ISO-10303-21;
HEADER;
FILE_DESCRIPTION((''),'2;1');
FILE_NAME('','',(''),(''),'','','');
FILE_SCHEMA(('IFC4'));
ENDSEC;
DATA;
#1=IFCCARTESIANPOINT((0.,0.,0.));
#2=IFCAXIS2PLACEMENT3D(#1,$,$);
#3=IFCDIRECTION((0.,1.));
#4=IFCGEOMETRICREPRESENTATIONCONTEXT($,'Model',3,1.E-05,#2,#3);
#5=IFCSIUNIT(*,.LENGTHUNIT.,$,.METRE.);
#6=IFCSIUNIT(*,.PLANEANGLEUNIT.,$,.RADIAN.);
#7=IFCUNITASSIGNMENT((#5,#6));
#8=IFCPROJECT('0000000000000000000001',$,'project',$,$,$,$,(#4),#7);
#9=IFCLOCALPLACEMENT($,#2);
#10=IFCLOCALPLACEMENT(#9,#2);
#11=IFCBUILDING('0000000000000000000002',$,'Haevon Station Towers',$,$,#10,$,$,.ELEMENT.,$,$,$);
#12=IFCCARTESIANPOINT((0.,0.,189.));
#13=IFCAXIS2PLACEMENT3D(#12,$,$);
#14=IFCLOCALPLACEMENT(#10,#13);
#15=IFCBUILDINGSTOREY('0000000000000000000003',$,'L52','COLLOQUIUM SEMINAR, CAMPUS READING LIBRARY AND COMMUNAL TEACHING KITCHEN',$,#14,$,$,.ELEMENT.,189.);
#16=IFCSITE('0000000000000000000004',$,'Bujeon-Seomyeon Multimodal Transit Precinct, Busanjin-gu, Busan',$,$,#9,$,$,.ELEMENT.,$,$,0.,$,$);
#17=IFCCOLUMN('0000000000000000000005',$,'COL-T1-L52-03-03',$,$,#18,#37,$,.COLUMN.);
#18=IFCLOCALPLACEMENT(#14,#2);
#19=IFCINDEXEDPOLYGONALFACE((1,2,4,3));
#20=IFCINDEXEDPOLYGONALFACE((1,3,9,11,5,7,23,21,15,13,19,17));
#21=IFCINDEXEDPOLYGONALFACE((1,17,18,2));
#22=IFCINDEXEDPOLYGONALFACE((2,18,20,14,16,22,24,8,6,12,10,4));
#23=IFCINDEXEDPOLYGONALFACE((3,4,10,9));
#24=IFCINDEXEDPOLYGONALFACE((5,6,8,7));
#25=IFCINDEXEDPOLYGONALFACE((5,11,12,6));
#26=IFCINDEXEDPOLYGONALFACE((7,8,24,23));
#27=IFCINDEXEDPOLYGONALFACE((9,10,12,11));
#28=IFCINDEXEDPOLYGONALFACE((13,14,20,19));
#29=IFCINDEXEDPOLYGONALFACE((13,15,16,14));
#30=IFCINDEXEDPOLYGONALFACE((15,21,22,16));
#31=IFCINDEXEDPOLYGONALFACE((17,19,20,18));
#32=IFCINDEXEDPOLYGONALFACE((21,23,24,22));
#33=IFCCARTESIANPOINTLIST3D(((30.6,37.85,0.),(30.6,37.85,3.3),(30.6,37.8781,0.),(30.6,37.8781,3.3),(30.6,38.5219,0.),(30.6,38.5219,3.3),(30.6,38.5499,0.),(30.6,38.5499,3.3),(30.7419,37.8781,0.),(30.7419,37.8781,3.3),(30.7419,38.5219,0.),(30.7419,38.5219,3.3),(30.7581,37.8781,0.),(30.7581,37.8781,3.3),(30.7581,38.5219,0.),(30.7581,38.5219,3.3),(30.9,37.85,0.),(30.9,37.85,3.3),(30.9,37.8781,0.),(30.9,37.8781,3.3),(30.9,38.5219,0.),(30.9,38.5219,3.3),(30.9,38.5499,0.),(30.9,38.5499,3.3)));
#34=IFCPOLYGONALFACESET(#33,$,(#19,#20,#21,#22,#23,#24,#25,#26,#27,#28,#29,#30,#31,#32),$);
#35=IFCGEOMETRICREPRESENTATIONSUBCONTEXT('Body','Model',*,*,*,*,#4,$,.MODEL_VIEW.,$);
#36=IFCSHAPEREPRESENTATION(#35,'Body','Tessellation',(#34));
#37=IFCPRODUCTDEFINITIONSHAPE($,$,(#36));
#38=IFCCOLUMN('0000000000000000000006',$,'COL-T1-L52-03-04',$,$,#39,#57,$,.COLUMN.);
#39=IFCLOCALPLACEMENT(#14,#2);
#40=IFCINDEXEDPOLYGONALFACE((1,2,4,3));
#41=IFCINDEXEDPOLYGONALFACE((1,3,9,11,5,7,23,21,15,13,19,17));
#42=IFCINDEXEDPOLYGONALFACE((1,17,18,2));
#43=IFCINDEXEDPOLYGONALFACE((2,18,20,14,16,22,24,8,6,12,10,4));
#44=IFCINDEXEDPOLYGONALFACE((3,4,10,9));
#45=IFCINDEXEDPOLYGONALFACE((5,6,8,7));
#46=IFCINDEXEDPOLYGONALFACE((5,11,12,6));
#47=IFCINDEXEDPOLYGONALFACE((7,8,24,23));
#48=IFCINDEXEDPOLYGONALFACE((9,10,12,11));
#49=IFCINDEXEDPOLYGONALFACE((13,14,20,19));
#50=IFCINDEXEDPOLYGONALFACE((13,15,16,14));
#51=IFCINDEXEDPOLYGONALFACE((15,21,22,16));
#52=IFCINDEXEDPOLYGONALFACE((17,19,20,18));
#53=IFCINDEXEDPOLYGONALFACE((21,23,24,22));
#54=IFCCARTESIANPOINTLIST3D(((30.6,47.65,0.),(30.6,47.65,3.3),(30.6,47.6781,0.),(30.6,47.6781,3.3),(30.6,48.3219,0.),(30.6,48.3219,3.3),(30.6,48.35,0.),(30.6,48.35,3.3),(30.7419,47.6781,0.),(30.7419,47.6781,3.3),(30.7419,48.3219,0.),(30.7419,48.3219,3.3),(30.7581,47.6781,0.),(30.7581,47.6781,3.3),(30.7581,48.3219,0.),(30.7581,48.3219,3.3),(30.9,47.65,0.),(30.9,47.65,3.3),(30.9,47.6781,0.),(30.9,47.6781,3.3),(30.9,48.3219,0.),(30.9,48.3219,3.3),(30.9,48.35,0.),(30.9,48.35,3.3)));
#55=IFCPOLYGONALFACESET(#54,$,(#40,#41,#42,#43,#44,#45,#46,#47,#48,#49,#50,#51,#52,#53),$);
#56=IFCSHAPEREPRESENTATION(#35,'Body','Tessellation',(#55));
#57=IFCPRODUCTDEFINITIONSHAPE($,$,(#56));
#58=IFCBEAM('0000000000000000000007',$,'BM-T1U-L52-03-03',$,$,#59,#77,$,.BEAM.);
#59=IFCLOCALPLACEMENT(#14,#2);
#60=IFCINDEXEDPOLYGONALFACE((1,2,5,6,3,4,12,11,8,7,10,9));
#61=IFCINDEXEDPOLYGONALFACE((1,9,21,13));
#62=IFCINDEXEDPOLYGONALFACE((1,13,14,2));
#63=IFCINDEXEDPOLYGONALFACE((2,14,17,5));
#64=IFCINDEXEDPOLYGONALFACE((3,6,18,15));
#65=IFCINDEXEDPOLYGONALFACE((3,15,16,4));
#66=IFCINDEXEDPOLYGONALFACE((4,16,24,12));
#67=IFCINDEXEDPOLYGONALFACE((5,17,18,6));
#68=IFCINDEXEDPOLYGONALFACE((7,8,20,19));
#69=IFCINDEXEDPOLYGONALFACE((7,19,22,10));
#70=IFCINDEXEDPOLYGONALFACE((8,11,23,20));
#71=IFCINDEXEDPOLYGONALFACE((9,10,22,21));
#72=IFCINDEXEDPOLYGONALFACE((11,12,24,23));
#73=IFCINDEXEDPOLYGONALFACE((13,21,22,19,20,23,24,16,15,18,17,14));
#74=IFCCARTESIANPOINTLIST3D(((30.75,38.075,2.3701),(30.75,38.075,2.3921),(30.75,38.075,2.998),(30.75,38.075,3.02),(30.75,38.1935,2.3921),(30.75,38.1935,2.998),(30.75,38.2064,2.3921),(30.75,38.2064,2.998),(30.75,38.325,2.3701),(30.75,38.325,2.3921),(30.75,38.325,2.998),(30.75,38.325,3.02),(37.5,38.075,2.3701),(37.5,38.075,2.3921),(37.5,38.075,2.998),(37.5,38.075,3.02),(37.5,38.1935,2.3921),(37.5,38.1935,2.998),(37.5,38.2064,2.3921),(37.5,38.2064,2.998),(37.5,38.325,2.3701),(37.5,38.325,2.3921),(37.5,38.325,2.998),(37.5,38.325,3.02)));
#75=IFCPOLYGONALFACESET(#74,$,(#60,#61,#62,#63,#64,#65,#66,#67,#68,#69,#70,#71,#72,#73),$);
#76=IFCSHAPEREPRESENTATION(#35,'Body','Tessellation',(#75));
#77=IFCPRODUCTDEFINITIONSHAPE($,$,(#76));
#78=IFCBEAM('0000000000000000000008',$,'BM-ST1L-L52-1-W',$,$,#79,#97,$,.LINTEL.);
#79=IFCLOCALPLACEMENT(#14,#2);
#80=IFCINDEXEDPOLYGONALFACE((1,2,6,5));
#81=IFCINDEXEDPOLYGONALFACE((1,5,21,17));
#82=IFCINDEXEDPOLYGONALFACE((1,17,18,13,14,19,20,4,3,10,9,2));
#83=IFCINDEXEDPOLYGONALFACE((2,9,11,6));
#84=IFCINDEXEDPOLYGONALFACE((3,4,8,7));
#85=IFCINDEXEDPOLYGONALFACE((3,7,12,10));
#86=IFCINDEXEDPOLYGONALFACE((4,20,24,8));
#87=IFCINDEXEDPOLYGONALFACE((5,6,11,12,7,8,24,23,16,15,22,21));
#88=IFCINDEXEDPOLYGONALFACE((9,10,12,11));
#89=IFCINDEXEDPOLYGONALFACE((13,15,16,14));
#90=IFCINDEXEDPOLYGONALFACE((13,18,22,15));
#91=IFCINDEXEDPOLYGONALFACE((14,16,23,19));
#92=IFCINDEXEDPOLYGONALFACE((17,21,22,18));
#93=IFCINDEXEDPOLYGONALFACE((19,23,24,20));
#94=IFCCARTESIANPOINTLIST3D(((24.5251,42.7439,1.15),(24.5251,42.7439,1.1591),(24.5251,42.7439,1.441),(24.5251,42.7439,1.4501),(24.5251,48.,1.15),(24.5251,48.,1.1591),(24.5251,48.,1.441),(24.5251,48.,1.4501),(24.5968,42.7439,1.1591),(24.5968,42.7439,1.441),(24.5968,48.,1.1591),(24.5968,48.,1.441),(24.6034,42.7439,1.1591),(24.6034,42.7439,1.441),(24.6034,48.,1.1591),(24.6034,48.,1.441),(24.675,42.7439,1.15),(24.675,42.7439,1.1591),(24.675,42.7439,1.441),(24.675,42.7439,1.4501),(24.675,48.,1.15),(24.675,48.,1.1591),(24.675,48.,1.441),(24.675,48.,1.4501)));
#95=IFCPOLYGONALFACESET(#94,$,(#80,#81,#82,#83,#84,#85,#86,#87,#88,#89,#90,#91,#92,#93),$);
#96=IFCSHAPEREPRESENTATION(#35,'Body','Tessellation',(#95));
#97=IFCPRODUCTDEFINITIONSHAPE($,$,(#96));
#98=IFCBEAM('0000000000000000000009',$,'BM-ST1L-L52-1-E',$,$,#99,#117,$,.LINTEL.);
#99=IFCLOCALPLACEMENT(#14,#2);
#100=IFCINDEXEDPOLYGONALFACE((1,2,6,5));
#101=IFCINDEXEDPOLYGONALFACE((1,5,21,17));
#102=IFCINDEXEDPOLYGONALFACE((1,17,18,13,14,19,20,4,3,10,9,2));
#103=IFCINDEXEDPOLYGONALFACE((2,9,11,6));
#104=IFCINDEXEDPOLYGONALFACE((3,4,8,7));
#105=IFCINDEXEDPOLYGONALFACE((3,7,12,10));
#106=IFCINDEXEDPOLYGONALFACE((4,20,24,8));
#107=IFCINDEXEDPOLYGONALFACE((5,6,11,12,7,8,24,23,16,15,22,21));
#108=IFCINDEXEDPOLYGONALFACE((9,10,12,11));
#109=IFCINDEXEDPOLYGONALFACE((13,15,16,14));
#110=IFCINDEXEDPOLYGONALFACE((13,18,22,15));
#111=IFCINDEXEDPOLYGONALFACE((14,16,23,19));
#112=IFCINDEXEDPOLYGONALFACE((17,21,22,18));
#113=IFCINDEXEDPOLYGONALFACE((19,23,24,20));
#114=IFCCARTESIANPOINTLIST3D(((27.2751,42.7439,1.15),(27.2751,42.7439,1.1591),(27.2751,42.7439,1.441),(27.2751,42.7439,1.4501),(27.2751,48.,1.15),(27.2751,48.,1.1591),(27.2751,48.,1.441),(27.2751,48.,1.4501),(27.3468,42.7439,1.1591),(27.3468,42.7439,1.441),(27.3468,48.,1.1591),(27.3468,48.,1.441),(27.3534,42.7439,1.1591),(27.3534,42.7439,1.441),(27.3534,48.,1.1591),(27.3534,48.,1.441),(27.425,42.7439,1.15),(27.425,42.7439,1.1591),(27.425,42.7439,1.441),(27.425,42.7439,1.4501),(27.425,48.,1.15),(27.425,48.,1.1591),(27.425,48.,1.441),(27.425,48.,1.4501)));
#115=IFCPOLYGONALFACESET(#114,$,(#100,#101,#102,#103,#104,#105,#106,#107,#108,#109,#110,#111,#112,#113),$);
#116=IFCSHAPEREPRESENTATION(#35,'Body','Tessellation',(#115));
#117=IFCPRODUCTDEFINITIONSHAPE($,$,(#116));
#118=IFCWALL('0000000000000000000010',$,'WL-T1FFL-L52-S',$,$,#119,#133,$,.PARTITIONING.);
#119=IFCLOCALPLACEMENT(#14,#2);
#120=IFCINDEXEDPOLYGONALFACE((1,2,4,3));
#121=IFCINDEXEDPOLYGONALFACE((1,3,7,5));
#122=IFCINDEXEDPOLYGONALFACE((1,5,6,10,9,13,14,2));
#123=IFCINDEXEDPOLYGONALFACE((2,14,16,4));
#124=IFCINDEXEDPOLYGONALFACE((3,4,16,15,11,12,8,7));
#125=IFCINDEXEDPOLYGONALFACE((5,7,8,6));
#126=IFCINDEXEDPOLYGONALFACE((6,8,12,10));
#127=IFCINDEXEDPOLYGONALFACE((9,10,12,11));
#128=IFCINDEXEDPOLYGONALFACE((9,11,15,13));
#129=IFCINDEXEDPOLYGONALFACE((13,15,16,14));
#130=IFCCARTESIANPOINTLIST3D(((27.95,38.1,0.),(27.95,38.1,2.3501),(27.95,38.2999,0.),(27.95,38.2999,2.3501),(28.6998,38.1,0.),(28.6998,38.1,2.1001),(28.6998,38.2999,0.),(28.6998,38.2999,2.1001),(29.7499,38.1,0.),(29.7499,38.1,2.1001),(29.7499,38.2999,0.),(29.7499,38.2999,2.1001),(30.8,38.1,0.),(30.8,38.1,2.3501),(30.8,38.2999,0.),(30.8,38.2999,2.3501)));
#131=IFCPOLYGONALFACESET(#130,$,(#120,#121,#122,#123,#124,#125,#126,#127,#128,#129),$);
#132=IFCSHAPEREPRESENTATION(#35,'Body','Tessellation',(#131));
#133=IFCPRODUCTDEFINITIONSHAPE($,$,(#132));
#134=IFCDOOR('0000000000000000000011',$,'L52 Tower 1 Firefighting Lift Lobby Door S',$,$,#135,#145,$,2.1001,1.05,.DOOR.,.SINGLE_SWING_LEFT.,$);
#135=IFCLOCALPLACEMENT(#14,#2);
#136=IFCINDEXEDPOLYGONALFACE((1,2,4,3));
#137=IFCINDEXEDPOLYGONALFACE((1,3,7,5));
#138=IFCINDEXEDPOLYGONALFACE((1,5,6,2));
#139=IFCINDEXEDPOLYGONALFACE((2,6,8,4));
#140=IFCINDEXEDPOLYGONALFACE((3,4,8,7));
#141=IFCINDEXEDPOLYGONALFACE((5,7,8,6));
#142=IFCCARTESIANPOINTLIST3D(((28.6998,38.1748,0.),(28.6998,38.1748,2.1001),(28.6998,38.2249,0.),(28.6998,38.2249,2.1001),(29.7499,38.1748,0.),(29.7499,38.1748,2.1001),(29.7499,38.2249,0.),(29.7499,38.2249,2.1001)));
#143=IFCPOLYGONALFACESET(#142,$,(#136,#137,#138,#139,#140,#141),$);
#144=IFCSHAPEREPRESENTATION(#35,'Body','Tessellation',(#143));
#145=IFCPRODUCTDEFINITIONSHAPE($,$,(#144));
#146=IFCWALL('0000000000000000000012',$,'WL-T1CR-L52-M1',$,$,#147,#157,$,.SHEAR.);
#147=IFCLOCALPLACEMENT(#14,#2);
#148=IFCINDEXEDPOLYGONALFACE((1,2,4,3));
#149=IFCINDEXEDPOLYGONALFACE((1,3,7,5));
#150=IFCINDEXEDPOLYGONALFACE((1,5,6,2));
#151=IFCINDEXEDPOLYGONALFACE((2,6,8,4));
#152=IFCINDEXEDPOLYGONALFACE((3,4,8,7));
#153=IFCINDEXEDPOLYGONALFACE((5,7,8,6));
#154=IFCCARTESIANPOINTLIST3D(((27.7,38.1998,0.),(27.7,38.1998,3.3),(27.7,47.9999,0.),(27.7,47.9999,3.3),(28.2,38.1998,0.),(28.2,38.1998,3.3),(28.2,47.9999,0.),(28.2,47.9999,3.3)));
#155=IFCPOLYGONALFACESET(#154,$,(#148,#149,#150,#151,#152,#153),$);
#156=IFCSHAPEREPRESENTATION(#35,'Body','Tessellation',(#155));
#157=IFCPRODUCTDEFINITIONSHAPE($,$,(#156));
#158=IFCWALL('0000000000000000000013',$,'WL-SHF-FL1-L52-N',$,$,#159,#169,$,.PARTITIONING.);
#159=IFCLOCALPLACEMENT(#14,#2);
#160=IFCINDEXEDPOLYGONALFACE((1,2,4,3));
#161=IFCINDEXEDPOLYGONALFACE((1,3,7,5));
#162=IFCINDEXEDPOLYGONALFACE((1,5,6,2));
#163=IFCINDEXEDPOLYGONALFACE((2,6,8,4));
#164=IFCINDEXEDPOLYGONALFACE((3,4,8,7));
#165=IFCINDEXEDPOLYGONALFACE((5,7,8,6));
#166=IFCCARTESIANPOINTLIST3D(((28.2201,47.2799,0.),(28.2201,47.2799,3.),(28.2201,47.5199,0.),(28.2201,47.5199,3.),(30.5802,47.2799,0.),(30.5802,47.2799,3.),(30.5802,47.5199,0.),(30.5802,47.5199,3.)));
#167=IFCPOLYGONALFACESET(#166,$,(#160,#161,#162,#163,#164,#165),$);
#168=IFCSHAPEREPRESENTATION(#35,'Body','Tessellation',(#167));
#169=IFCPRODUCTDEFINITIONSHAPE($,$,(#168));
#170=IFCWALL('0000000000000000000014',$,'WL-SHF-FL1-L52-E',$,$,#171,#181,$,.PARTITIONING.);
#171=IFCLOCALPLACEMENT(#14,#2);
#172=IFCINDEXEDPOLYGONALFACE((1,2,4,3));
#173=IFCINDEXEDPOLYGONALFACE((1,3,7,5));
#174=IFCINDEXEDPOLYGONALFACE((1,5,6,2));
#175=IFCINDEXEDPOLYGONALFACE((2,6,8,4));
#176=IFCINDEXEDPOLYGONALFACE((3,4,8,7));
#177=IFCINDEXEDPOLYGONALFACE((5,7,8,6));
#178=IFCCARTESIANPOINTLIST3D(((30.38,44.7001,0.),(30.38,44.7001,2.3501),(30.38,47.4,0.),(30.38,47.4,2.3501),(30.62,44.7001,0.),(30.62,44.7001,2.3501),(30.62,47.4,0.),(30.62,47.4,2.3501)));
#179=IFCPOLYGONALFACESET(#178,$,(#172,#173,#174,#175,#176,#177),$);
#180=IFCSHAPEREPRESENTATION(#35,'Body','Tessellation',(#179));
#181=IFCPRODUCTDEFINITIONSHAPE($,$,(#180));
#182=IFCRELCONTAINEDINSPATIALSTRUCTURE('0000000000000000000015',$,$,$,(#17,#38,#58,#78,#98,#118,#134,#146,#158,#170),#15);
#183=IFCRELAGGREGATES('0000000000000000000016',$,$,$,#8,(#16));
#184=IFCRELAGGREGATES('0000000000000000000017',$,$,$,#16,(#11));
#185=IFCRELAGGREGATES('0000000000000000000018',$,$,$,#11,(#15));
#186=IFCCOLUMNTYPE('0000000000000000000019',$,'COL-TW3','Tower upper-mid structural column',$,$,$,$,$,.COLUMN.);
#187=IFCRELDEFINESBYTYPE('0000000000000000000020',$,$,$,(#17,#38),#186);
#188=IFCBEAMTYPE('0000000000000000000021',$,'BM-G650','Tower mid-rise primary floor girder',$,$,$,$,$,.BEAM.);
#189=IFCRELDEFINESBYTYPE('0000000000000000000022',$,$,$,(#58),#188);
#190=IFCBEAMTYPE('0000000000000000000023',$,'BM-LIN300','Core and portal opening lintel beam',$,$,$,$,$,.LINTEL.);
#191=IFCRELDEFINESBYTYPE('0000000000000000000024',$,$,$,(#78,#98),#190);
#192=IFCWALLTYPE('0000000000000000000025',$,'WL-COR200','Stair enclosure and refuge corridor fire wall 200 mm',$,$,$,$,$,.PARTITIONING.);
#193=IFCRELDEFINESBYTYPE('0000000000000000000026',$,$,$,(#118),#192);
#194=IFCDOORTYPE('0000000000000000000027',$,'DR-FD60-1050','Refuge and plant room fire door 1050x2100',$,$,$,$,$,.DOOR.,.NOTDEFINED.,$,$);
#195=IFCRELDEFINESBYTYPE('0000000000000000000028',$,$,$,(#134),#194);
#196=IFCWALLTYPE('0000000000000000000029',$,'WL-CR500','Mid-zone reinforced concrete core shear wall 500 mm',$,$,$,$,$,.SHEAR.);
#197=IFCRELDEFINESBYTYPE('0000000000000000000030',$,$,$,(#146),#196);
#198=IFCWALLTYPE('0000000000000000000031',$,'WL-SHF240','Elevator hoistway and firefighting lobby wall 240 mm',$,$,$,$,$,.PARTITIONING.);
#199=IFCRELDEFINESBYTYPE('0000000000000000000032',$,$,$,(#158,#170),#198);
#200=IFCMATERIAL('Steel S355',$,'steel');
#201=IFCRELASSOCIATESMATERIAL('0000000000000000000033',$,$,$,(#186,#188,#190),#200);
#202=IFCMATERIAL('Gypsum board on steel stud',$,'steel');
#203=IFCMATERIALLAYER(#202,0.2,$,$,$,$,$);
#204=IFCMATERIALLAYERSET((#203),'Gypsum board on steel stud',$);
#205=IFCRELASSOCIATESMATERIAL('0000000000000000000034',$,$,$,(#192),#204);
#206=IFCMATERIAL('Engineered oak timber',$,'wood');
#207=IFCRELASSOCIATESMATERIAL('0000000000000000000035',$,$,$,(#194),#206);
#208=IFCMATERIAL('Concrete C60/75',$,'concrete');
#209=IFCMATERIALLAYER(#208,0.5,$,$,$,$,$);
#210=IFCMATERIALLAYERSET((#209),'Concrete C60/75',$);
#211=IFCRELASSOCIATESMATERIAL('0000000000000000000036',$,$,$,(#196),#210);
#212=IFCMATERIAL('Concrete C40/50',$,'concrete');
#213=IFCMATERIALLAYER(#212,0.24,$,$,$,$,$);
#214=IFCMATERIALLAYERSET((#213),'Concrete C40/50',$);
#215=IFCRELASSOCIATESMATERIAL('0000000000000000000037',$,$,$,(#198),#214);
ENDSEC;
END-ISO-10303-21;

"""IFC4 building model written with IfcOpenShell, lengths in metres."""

from ifc_helpers import new_model, si_unit, direction, frame, frame_2d, origin, origin_2d, place, context, subcontext, project, spatial, rectangle, i_section, extrude, material, layer, layer_set, material_profile, profile_set, type_object, element, fill, save


model = new_model("IFC4")

# Units and contexts
model_context = context("Model", 3, precision=1e-05, world=origin(), true_north=direction((0.0, 1.0)))
body_context = subcontext(model_context, "Body", "Model", "MODEL_VIEW")
ifc_project = project(units=[si_unit("LENGTHUNIT", "METRE"), si_unit("PLANEANGLEUNIT", "RADIAN")], contexts=[model_context])

# Site, building, storey
site_placement = place(None, origin())
site = spatial("IfcSite", under=ifc_project, at=site_placement, Name="Bujeon-Seomyeon Multimodal Transit Precinct, Busanjin-gu, Busan", CompositionType="ELEMENT", RefElevation=0.0)
building_placement = place(site_placement, origin())
building = spatial("IfcBuilding", under=site, at=building_placement, Name="Haevon Station Towers", CompositionType="ELEMENT")
storey_placement = place(building_placement, frame((0.0, 0.0, 189.0)))
storey = spatial("IfcBuildingStorey", under=building, at=storey_placement, Name="L52", Description="COLLOQUIUM SEMINAR, CAMPUS READING LIBRARY AND COMMUNAL TEACHING KITCHEN", CompositionType="ELEMENT", Elevation=189.0)

# Columns
ifc_material_1 = material(Name="Steel S355", Category="steel")
ifc_material_profile_1 = material_profile(ifc_material_1, i_section(OverallWidth=0.3, OverallDepth=0.7, WebThickness=0.0161, FlangeThickness=0.0281, at=origin_2d()), Name="H-700x300x16x28")
ifc_profile_set_1 = profile_set([ifc_material_profile_1], Name="Steel S355")
column_type = type_object("IfcColumnType", Name="COL-TW3", Description="Tower upper-mid structural column", PredefinedType="COLUMN", material=ifc_profile_set_1)
for number, where, z_axis, x_axis, name in (
    (1, (30.75, 38.2, 0.0), (0.0, 0.0, 1.0), (1.0, 0.0, 0.0), "COL-T1-L52-03-03"),
    (2, (30.75, 48.0, 0.0), (0.0, 0.0, 1.0), (1.0, 0.0, 0.0), "COL-T1-L52-03-04"),
):
    element("IfcColumn", number, at=place(storey_placement, frame(where, z_axis=z_axis, x_axis=x_axis)), inside=storey, type_object=column_type, Name=name, PredefinedType="COLUMN", context=body_context, shape_type="SweptSolid", body=[
        extrude(i_section(OverallWidth=0.3, OverallDepth=0.7, WebThickness=0.0161, FlangeThickness=0.0281, at=origin_2d()), origin(), (0.0, 0.0, 1.0), 3.3),
    ])

# Beams
ifc_material_profile_2 = material_profile(ifc_material_1, i_section(OverallWidth=0.25, OverallDepth=0.6499, WebThickness=0.0129, FlangeThickness=0.022, at=origin_2d()), Name="H-650x250x13x22")
ifc_profile_set_2 = profile_set([ifc_material_profile_2], Name="Steel S355")
beam_type_1 = type_object("IfcBeamType", Name="BM-G650", Description="Tower mid-rise primary floor girder", PredefinedType="BEAM", material=ifc_profile_set_2)
beam_placement = place(storey_placement, frame((30.75, 38.2, 2.6951), z_axis=(1.0, 0.0, 0.0), x_axis=(0.0, 1.0, 0.0)))
element("IfcBeam", 3, at=beam_placement, inside=storey, type_object=beam_type_1, Name="BM-T1U-L52-03-03", PredefinedType="BEAM", context=body_context, shape_type="SweptSolid", body=[
    extrude(i_section(OverallWidth=0.25, OverallDepth=0.6499, WebThickness=0.0129, FlangeThickness=0.022, at=origin_2d()), origin(), (0.0, 0.0, 1.0), 6.75),
])
ifc_material_profile_3 = material_profile(ifc_material_1, i_section(OverallWidth=0.1499, OverallDepth=0.3, WebThickness=0.0066, FlangeThickness=0.009, at=origin_2d()), Name="H-300x150x6.5x9")
ifc_profile_set_3 = profile_set([ifc_material_profile_3], Name="Steel S355")
beam_type_2 = type_object("IfcBeamType", Name="BM-LIN300", Description="Core and portal opening lintel beam", PredefinedType="LINTEL", material=ifc_profile_set_3)
for number, where, z_axis, x_axis, name in (
    (4, (24.6001, 42.7439, 1.3), (0.0, 1.0, 0.0), (-1.0, 0.0, 0.0), "BM-ST1L-L52-1-W"),
    (5, (27.3501, 42.7439, 1.3), (0.0, 1.0, 0.0), (-1.0, 0.0, 0.0), "BM-ST1L-L52-1-E"),
):
    element("IfcBeam", number, at=place(storey_placement, frame(where, z_axis=z_axis, x_axis=x_axis)), inside=storey, type_object=beam_type_2, Name=name, PredefinedType="LINTEL", context=body_context, shape_type="SweptSolid", body=[
        extrude(i_section(OverallWidth=0.1499, OverallDepth=0.3, WebThickness=0.0066, FlangeThickness=0.009, at=origin_2d()), origin(), (0.0, 0.0, 1.0), 5.2561),
    ])

# Wall, opening, door
ifc_material_2 = material(Name="Gypsum board on steel stud", Category="steel")
ifc_layer_1 = layer(ifc_material_2, 0.2)
ifc_layer_set_1 = layer_set([ifc_layer_1], Name="Gypsum board on steel stud")
wall_type_1 = type_object("IfcWallType", Name="WL-COR200", Description="Stair enclosure and refuge corridor fire wall 200 mm", PredefinedType="PARTITIONING", material=ifc_layer_set_1)
wall_1_placement = place(storey_placement, frame((27.95, 38.2, 0.0), z_axis=(0.0, 0.0, 1.0), x_axis=(1.0, 0.0, 0.0)))
wall_1 = element("IfcWall", 6, at=wall_1_placement, inside=storey, type_object=wall_type_1, Name="WL-T1FFL-L52-S", PredefinedType="PARTITIONING", context=body_context, shape_type="SweptSolid", body=[
    extrude(rectangle(XDim=2.8501, YDim=0.2, at=frame_2d((1.425, 0.0))), origin(), (0.0, 0.0, 1.0), 2.3501),
])
opening_1_placement = place(wall_1_placement, frame((0.75, 0.0, 0.0)))
opening_1 = element("IfcOpeningElement", 7, at=opening_1_placement, cuts=wall_1, PredefinedType="OPENING", context=body_context, shape_type="SweptSolid", body=[
    extrude(rectangle(XDim=1.05, YDim=2.1001, at=frame_2d((0.5249, 1.05))), frame((0.0, 0.1099, 0.0), z_axis=(0.0, -1.0, 0.0), x_axis=(1.0, 0.0, 0.0)), (0.0, 0.0, 1.0), 0.22),
])
ifc_material_3 = material(Name="Engineered oak timber", Category="wood")
door_type_1 = type_object("IfcDoorType", Name="DR-FD60-1050", Description="Refuge and plant room fire door 1050x2100", OperationType="NOTDEFINED", PredefinedType="DOOR", material=ifc_material_3)
door_1_placement = place(opening_1_placement, origin())
door_1 = element("IfcDoor", 8, at=door_1_placement, inside=storey, type_object=door_type_1, Name="L52 Tower 1 Firefighting Lift Lobby Door S", OperationType="SINGLE_SWING_LEFT", OverallHeight=2.1001, OverallWidth=1.05, PredefinedType="DOOR", context=body_context, shape_type="SweptSolid", body=[
    extrude(rectangle(XDim=1.05, YDim=2.1001, at=frame_2d((0.5249, 1.05))), frame((0.0, 0.0249, 0.0), z_axis=(0.0, -1.0, 0.0), x_axis=(1.0, 0.0, 0.0)), (0.0, 0.0, 1.0), 0.05),
])
fill(opening_1, door_1)

# Wall
ifc_material_4 = material(Name="Concrete C60/75", Category="concrete")
ifc_layer_2 = layer(ifc_material_4, 0.5)
ifc_layer_set_2 = layer_set([ifc_layer_2], Name="Concrete C60/75")
wall_type_2 = type_object("IfcWallType", Name="WL-CR500", Description="Mid-zone reinforced concrete core shear wall 500 mm", PredefinedType="SHEAR", material=ifc_layer_set_2)
wall_2_placement = place(storey_placement, frame((27.95, 38.2, 0.0), z_axis=(0.0, 0.0, 1.0), x_axis=(0.0, 1.0, 0.0)))
element("IfcWall", 9, at=wall_2_placement, inside=storey, type_object=wall_type_2, Name="WL-T1CR-L52-M1", PredefinedType="SHEAR", context=body_context, shape_type="SweptSolid", body=[
    extrude(rectangle(XDim=9.8, YDim=0.5, at=frame_2d((4.8999, 0.0))), origin(), (0.0, 0.0, 1.0), 3.3),
])

# Shared definitions
ifc_material_5 = material(Name="Concrete C40/50", Category="concrete")
ifc_layer_3 = layer(ifc_material_5, 0.24)
ifc_layer_set_3 = layer_set([ifc_layer_3], Name="Concrete C40/50")
wall_type_3 = type_object("IfcWallType", Name="WL-SHF240", Description="Elevator hoistway and firefighting lobby wall 240 mm", PredefinedType="PARTITIONING", material=ifc_layer_set_3)

# Walls
wall_3_placement = place(storey_placement, frame((28.22, 47.3999, 0.0), z_axis=(0.0, 0.0, 1.0), x_axis=(1.0, 0.0, 0.0)))
element("IfcWall", 10, at=wall_3_placement, inside=storey, type_object=wall_type_3, Name="WL-SHF-FL1-L52-N", PredefinedType="PARTITIONING", context=body_context, shape_type="SweptSolid", body=[
    extrude(rectangle(XDim=2.3601, YDim=0.24, at=frame_2d((1.1802, 0.0))), origin(), (0.0, 0.0, 1.0), 3.0),
])
wall_4_placement = place(storey_placement, frame((30.5, 44.7, 0.0), z_axis=(0.0, 0.0, 1.0), x_axis=(0.0, 1.0, 0.0)))
element("IfcWall", 11, at=wall_4_placement, inside=storey, type_object=wall_type_3, Name="WL-SHF-FL1-L52-E", PredefinedType="PARTITIONING", context=body_context, shape_type="SweptSolid", body=[
    extrude(rectangle(XDim=2.7, YDim=0.24, at=frame_2d((1.3501, 0.0))), origin(), (0.0, 0.0, 1.0), 2.3501),
])

save(model, "model.ifc")
